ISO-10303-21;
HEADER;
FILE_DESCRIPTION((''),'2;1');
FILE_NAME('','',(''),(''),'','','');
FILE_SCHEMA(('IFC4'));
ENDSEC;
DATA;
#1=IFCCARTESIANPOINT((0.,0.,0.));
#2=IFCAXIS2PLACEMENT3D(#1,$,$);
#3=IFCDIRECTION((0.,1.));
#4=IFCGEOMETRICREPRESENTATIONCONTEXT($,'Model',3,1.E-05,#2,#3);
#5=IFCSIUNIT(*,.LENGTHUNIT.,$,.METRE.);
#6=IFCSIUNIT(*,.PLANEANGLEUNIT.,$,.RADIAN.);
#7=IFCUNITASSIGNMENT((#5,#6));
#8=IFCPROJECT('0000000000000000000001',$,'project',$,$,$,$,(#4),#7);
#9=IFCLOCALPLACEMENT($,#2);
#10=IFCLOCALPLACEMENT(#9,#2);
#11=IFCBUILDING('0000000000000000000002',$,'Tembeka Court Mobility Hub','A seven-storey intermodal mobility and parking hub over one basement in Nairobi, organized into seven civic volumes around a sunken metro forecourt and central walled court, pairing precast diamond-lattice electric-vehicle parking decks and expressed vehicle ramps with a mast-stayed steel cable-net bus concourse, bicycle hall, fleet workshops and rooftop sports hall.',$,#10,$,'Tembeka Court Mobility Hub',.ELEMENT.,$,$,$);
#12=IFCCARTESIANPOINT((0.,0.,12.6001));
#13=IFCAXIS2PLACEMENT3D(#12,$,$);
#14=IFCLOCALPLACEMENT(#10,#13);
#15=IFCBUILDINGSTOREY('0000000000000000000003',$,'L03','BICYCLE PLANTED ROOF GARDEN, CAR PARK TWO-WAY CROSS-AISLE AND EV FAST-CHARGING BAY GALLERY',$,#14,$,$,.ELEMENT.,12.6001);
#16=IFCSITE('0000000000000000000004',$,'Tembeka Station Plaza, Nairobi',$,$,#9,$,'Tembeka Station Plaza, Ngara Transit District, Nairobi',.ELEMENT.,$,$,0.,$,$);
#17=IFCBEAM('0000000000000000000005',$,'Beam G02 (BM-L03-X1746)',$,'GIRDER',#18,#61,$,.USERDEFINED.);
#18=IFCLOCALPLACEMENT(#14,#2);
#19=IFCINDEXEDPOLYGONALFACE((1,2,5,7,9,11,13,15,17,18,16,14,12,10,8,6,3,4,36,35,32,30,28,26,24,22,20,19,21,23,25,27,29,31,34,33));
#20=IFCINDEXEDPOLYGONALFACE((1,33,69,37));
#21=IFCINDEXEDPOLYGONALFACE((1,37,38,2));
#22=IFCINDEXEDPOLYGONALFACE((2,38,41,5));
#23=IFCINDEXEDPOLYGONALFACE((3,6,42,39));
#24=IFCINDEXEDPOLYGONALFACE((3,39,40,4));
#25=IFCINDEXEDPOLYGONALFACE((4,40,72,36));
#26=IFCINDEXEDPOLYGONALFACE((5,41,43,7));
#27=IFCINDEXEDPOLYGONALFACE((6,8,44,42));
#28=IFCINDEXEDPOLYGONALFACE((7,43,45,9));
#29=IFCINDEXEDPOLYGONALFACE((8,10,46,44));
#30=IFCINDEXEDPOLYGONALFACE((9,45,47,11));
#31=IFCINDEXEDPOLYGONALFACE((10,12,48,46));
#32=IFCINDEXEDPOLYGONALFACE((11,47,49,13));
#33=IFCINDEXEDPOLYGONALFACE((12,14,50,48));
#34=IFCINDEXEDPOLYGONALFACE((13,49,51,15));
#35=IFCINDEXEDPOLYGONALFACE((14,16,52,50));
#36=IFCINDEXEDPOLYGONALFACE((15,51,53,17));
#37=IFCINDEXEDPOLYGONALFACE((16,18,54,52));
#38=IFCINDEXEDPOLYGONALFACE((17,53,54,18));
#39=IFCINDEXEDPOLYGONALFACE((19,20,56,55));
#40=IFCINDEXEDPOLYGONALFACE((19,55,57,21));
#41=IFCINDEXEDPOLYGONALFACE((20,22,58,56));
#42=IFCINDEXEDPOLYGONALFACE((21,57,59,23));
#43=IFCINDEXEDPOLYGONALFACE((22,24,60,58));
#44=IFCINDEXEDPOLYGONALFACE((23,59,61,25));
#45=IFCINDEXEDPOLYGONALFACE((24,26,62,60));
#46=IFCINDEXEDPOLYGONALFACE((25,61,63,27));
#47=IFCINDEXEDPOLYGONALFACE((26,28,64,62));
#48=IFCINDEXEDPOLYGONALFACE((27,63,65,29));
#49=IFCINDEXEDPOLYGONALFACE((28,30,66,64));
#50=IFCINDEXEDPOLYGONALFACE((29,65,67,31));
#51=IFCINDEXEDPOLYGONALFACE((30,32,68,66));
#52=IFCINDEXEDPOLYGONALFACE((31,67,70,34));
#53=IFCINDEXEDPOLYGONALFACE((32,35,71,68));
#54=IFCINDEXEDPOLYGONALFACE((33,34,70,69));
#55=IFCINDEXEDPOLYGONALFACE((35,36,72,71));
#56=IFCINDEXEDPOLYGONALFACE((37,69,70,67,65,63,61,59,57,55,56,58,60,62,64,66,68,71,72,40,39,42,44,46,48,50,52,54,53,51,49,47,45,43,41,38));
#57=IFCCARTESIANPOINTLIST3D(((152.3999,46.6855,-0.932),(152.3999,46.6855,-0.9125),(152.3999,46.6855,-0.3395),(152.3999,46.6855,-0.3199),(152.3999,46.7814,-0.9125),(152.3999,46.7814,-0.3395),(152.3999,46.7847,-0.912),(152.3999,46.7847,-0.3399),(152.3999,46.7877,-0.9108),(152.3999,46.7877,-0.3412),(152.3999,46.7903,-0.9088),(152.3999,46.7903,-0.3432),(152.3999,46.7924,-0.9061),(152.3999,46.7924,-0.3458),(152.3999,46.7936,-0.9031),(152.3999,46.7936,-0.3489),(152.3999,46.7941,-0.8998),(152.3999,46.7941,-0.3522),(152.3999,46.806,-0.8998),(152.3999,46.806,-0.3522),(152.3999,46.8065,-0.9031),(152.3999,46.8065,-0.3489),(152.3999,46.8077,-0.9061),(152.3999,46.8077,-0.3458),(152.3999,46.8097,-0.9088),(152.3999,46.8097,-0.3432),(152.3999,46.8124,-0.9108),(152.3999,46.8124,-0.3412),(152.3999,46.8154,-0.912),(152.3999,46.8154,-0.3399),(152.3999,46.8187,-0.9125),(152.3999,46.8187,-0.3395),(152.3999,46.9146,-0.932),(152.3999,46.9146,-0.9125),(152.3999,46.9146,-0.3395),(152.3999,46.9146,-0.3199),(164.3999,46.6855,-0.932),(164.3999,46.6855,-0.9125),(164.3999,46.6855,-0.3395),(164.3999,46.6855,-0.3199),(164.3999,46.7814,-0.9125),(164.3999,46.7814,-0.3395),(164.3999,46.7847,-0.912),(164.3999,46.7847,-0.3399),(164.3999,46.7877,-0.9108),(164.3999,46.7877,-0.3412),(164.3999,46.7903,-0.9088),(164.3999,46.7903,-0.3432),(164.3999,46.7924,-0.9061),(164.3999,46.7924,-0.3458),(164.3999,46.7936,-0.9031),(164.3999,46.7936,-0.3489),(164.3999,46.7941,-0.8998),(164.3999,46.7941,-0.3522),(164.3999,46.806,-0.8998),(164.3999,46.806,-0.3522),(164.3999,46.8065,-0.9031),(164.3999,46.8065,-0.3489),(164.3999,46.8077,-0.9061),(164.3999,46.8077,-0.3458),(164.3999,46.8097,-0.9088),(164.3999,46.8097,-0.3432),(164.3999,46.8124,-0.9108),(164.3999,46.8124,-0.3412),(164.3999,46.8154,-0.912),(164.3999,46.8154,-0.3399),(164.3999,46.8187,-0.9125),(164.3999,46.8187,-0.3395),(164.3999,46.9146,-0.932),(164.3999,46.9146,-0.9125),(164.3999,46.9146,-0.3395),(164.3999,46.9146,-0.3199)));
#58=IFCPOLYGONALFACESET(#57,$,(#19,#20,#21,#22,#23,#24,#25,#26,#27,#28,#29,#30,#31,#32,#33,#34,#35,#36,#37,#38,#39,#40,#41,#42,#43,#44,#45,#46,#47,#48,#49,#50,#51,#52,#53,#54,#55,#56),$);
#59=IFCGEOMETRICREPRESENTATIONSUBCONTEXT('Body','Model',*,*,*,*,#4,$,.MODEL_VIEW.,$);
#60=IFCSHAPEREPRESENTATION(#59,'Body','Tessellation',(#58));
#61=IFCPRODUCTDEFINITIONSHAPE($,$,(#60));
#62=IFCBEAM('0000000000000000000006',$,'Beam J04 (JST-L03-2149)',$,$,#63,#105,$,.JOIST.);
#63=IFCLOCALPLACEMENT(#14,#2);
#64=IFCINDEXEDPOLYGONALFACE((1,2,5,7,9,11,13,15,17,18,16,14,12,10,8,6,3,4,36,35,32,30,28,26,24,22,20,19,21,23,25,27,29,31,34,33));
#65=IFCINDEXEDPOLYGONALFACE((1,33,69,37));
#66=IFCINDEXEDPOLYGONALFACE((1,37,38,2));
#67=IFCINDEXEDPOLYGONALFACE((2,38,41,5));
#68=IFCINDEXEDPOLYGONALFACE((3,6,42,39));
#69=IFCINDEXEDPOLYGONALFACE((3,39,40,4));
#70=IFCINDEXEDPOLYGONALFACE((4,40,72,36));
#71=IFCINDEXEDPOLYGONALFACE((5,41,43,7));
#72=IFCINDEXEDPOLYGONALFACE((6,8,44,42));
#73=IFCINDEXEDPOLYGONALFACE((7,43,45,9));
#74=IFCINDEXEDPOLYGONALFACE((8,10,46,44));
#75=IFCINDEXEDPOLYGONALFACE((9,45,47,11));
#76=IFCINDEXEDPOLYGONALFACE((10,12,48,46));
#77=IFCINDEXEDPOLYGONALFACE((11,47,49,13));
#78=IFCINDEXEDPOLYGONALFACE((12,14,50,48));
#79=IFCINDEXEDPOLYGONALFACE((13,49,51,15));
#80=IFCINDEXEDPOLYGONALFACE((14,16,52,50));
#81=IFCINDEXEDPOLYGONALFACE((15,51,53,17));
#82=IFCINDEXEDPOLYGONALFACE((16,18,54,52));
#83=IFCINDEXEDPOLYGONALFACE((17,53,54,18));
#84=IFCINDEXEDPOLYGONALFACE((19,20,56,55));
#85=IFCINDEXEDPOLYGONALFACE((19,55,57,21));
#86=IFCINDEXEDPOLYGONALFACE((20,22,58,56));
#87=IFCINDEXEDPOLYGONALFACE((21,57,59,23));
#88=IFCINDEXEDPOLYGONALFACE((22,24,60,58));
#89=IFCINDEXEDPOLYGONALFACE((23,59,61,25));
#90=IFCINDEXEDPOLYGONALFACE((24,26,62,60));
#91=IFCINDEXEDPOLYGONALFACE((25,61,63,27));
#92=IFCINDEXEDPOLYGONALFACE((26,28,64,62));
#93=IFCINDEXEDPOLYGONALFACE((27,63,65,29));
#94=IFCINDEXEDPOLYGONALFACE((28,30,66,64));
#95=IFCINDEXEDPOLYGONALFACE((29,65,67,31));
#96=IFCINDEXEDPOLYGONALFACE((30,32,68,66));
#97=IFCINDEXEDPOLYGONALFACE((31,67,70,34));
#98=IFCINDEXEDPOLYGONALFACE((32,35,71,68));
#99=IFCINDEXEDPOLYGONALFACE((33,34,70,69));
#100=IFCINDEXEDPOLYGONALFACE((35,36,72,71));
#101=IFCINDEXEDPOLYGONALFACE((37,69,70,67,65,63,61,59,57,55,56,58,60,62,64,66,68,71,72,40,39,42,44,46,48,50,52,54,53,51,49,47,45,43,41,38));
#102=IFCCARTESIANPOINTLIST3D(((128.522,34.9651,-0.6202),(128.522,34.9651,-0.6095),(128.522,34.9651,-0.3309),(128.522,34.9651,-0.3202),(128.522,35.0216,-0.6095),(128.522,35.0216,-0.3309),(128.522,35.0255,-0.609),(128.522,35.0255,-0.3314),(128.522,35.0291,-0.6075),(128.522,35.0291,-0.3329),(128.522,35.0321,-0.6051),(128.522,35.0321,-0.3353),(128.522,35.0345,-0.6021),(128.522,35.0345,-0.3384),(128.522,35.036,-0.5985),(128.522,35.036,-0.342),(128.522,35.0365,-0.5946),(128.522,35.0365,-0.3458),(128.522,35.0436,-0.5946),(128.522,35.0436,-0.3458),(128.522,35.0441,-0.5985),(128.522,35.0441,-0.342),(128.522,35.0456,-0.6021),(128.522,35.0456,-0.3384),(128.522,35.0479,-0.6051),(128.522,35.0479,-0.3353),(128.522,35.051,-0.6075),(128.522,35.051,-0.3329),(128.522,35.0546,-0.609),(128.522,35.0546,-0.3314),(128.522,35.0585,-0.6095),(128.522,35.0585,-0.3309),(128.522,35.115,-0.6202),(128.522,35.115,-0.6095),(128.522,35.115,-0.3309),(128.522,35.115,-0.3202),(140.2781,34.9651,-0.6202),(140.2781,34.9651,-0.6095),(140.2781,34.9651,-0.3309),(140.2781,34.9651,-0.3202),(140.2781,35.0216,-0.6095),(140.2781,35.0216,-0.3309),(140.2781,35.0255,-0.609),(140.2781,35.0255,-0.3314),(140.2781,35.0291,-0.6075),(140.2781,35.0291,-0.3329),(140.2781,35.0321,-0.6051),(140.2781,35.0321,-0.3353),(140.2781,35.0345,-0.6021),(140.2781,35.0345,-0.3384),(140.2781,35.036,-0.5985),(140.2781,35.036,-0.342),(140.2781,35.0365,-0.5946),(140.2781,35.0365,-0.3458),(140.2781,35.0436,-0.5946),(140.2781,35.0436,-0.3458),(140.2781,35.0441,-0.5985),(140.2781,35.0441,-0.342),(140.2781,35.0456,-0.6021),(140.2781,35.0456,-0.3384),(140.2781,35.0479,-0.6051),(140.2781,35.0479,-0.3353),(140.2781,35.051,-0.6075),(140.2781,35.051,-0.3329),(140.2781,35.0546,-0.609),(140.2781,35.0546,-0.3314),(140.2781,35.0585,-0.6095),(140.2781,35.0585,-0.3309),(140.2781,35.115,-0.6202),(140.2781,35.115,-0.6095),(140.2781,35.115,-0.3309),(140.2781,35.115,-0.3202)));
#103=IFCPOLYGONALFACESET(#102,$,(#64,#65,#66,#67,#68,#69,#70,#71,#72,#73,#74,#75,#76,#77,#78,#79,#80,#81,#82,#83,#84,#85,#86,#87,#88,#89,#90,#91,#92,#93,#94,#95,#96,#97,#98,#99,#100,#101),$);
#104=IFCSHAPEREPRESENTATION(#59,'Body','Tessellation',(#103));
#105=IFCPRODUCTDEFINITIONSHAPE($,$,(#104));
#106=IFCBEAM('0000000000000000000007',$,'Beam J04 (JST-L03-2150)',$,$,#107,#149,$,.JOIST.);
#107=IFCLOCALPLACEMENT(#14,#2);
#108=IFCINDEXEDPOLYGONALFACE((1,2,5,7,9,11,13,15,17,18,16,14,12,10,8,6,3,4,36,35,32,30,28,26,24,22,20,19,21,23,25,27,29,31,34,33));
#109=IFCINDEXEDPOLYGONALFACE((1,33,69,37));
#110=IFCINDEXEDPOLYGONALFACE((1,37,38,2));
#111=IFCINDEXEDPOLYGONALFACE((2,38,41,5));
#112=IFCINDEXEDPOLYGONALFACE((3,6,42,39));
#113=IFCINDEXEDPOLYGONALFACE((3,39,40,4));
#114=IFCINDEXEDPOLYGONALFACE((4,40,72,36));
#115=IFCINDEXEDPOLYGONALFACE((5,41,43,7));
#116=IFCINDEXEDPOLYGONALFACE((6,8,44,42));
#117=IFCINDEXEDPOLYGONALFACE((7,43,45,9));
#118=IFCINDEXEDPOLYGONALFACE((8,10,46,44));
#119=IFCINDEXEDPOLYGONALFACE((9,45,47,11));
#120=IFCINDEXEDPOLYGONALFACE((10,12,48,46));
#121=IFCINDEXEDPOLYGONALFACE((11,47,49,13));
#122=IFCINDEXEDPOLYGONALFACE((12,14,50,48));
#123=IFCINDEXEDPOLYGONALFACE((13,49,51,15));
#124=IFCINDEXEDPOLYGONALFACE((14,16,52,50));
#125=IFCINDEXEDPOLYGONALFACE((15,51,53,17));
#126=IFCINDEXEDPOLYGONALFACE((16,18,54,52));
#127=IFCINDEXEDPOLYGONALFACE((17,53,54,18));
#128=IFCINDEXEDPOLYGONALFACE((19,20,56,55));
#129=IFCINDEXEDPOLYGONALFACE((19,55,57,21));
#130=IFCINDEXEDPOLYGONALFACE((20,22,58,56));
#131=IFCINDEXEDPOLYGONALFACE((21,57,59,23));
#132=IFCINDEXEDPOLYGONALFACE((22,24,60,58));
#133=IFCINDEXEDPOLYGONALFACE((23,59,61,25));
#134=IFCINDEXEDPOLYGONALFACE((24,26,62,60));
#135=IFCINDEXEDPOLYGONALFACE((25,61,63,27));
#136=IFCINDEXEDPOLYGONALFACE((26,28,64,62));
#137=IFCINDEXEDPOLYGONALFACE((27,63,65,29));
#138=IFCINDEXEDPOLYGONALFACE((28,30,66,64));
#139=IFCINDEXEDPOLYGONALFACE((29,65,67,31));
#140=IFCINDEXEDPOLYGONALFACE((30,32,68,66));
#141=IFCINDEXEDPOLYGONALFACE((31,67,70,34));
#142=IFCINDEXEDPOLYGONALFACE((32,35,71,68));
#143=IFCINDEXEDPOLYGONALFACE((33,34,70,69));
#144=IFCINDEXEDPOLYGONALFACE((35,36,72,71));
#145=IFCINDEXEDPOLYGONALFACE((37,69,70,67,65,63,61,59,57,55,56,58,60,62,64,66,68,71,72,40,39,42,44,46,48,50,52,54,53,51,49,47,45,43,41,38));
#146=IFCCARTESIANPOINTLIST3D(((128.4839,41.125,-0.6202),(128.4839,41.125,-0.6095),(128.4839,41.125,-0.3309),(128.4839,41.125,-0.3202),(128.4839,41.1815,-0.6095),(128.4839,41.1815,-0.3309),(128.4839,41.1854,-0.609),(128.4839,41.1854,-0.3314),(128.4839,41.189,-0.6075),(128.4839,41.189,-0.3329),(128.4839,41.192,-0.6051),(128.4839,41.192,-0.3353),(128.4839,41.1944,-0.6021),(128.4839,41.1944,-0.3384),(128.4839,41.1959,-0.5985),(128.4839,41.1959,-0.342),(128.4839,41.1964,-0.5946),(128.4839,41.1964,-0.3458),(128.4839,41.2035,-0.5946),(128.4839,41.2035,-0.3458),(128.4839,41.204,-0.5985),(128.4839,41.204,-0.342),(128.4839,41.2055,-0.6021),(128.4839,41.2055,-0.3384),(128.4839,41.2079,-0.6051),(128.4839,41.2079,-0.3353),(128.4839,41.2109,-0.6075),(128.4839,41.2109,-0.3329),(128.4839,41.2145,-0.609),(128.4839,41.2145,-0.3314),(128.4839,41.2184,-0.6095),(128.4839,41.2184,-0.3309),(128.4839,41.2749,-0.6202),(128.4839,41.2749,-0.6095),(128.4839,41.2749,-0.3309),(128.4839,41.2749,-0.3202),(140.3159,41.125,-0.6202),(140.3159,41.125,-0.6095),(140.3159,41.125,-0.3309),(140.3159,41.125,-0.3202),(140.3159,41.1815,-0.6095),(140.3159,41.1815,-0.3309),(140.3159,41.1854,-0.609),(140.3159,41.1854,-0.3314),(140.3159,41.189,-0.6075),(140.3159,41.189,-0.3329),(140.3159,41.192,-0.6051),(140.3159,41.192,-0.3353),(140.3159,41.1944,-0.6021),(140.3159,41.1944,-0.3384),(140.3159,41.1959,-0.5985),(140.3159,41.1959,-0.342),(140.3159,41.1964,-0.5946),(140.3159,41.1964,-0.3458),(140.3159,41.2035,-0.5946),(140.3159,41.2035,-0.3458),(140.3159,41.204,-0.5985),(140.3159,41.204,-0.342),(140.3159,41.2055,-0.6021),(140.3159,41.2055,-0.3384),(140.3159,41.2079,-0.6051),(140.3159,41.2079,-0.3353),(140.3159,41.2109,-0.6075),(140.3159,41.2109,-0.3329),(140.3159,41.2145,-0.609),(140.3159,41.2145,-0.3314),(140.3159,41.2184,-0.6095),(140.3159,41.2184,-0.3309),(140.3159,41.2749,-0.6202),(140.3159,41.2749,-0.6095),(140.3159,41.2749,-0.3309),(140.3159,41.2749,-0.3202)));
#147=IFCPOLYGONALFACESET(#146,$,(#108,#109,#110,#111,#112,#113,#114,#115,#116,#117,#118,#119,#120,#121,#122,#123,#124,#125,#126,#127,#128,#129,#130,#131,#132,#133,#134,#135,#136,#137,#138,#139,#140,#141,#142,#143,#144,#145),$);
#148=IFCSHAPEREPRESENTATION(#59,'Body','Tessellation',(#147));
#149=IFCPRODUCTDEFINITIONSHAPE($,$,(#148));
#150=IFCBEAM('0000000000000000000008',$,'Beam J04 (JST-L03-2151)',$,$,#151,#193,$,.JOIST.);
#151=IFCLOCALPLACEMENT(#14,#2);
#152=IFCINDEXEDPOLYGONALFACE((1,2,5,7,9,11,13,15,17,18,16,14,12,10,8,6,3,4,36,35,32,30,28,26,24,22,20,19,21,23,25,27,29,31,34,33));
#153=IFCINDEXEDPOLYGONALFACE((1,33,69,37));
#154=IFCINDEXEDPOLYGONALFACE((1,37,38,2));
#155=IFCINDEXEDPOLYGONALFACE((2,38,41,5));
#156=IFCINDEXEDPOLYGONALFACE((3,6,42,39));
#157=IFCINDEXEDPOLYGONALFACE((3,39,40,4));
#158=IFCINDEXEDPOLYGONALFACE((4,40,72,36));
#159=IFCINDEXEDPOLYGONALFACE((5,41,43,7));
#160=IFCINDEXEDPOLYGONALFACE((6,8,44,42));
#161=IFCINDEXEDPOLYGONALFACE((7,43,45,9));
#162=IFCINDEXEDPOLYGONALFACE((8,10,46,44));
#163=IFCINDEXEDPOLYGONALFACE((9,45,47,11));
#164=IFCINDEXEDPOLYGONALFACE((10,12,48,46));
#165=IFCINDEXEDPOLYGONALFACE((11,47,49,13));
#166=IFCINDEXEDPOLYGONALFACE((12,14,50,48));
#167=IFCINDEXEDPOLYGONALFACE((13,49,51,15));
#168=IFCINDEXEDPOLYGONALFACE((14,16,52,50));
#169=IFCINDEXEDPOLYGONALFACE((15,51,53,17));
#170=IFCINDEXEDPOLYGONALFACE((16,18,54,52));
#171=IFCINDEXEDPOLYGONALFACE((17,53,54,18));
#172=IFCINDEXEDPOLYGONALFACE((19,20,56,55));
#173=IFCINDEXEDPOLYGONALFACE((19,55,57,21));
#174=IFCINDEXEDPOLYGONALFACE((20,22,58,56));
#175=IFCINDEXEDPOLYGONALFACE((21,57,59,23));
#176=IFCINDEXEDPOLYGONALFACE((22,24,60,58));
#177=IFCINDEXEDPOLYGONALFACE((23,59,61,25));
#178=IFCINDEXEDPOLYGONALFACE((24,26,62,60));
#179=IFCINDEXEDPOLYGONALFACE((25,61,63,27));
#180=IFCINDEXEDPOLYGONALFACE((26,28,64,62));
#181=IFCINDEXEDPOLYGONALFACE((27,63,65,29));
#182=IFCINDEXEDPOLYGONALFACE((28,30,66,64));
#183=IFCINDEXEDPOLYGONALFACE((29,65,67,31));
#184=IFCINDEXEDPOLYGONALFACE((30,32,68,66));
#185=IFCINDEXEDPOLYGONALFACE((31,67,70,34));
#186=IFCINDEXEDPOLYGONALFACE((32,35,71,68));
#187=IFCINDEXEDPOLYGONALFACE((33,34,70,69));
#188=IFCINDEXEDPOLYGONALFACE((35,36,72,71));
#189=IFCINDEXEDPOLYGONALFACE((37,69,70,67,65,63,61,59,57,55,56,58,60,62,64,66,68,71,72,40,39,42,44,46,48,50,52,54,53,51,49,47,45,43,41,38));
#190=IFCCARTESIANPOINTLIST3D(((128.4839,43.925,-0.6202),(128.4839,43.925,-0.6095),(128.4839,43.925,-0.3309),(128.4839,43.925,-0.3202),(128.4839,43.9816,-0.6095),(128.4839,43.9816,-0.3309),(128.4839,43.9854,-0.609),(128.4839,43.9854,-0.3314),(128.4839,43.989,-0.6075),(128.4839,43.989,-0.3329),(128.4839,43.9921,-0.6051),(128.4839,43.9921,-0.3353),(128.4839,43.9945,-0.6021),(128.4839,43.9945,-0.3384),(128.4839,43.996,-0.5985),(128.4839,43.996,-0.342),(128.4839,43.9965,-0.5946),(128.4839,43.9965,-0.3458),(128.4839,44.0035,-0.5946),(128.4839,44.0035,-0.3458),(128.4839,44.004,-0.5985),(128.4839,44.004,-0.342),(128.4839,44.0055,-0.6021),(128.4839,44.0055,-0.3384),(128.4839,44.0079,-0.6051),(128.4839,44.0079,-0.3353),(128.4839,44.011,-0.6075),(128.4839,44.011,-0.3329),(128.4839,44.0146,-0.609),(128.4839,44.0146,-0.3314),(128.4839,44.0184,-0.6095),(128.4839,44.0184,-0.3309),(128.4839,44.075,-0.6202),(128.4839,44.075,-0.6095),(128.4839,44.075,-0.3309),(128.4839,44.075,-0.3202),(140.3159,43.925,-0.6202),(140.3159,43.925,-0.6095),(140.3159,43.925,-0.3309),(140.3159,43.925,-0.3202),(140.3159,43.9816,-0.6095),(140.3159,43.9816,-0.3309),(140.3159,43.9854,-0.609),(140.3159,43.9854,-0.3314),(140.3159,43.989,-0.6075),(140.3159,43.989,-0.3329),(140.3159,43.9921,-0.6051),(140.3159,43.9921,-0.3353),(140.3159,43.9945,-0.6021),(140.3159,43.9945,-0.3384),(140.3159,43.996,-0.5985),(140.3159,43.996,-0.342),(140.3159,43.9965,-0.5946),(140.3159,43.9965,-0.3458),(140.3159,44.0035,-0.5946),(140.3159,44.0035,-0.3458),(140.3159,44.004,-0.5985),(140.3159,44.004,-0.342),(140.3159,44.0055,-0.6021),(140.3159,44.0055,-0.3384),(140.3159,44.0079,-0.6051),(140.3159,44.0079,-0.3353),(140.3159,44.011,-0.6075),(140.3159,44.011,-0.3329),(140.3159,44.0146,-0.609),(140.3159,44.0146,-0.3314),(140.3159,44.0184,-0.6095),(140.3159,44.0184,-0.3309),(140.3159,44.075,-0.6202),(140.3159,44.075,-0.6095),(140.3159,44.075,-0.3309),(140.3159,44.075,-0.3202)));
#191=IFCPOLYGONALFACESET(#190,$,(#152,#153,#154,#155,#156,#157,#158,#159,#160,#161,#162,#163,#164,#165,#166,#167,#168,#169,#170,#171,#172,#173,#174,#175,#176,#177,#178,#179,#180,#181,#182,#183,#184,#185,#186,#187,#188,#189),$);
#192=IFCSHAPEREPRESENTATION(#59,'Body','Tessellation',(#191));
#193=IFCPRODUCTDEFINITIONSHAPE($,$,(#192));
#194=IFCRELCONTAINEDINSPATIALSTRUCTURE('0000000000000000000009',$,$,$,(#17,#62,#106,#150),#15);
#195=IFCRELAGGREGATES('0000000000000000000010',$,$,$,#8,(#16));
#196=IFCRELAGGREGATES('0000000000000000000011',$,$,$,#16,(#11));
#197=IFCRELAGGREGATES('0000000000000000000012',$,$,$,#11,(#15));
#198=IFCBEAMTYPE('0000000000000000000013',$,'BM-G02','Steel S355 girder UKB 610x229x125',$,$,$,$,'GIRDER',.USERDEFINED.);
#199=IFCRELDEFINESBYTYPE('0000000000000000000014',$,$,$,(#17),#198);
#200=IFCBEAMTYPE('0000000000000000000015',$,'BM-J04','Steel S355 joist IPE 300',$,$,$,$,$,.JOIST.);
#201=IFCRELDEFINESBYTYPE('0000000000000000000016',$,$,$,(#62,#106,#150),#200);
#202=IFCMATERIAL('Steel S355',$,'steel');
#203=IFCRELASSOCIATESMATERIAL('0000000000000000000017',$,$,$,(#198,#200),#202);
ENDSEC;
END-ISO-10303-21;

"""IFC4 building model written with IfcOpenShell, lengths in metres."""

from ifc_helpers import new_model, si_unit, direction, frame, origin, origin_2d, place, context, subcontext, project, spatial, i_section, extrude, material, material_profile, profile_set, type_object, element, save


model = new_model("IFC4")

# Units and contexts
model_context = context("Model", 3, precision=1e-05, world=origin(), true_north=direction((0.0, 1.0)))
body_context = subcontext(model_context, "Body", "Model", "MODEL_VIEW")
ifc_project = project(units=[si_unit("LENGTHUNIT", "METRE"), si_unit("PLANEANGLEUNIT", "RADIAN")], contexts=[model_context])

# Site, building, storey
site_placement = place(None, origin())
site = spatial("IfcSite", under=ifc_project, at=site_placement, Name="Tembeka Station Plaza, Nairobi", LongName="Tembeka Station Plaza, Ngara Transit District, Nairobi", CompositionType="ELEMENT", RefElevation=0.0)
building_placement = place(site_placement, origin())
building = spatial("IfcBuilding", under=site, at=building_placement, Name="Tembeka Court Mobility Hub", Description="A seven-storey intermodal mobility and parking hub over one basement in Nairobi, organized into seven civic volumes around a sunken metro forecourt and central walled court, pairing precast diamond-lattice electric-vehicle parking decks and expressed vehicle ramps with a mast-stayed steel cable-net bus concourse, bicycle hall, fleet workshops and rooftop sports hall.", LongName="Tembeka Court Mobility Hub", CompositionType="ELEMENT")
storey_placement = place(building_placement, frame((0.0, 0.0, 12.6001)))
storey = spatial("IfcBuildingStorey", under=building, at=storey_placement, Name="L03", Description="BICYCLE PLANTED ROOF GARDEN, CAR PARK TWO-WAY CROSS-AISLE AND EV FAST-CHARGING BAY GALLERY", CompositionType="ELEMENT", Elevation=12.6001)

# Shared definitions
ifc_material_1 = material(Name="Steel S355", Category="steel")

# Beams
ifc_material_profile_1 = material_profile(ifc_material_1, i_section(OverallWidth=0.229, OverallDepth=0.6121, WebThickness=0.012, FlangeThickness=0.0195, FilletRadius=0.0127, at=origin_2d()), Name="UKB 610x229x125")
ifc_profile_set_1 = profile_set([ifc_material_profile_1], Name="Steel S355")
beam_type_1 = type_object("IfcBeamType", Name="BM-G02", Description="Steel S355 girder UKB 610x229x125", ElementType="GIRDER", PredefinedType="USERDEFINED", material=ifc_profile_set_1)
for number, where, z_axis, x_axis, name in (
    (1, (152.3999, 46.8, -0.626), (1.0, 0.0, 0.0), (0.0, 1.0, 0.0), "Beam G02 (BM-L03-X1746)"),
):
    element("IfcBeam", number, at=place(storey_placement, frame(where, z_axis=z_axis, x_axis=x_axis)), inside=storey, type_object=beam_type_1, Name=name, ObjectType="GIRDER", PredefinedType="USERDEFINED", context=body_context, shape_type="SweptSolid", body=[
        extrude(i_section(OverallWidth=0.229, OverallDepth=0.6121, WebThickness=0.012, FlangeThickness=0.0195, FilletRadius=0.0127, at=origin_2d()), origin(), (0.0, 0.0, 1.0), 12.0),
    ])
ifc_material_profile_2 = material_profile(ifc_material_1, i_section(OverallWidth=0.1499, OverallDepth=0.3, WebThickness=0.0071, FlangeThickness=0.0107, FilletRadius=0.0149, at=origin_2d()), Name="IPE 300")
ifc_profile_set_2 = profile_set([ifc_material_profile_2], Name="Steel S355")
beam_type_2 = type_object("IfcBeamType", Name="BM-J04", Description="Steel S355 joist IPE 300", PredefinedType="JOIST", material=ifc_profile_set_2)
beam_1_placement = place(storey_placement, frame((128.522, 35.04, -0.4702), z_axis=(1.0, 0.0, 0.0), x_axis=(0.0, 1.0, 0.0)))
element("IfcBeam", 2, at=beam_1_placement, inside=storey, type_object=beam_type_2, Name="Beam J04 (JST-L03-2149)", PredefinedType="JOIST", context=body_context, shape_type="SweptSolid", body=[
    extrude(i_section(OverallWidth=0.1499, OverallDepth=0.3, WebThickness=0.0071, FlangeThickness=0.0107, FilletRadius=0.0149, at=origin_2d()), origin(), (0.0, 0.0, 1.0), 11.7561),
])
for number, where, z_axis, x_axis, name in (
    (3, (128.4839, 41.2, -0.4702), (1.0, 0.0, 0.0), (0.0, 1.0, 0.0), "Beam J04 (JST-L03-2150)"),
    (4, (128.4839, 44.0, -0.4702), (1.0, 0.0, 0.0), (0.0, 1.0, 0.0), "Beam J04 (JST-L03-2151)"),
):
    element("IfcBeam", number, at=place(storey_placement, frame(where, z_axis=z_axis, x_axis=x_axis)), inside=storey, type_object=beam_type_2, Name=name, PredefinedType="JOIST", context=body_context, shape_type="SweptSolid", body=[
        extrude(i_section(OverallWidth=0.1499, OverallDepth=0.3, WebThickness=0.0071, FlangeThickness=0.0107, FilletRadius=0.0149, at=origin_2d()), origin(), (0.0, 0.0, 1.0), 11.832),
    ])

save(model, "model.ifc")
